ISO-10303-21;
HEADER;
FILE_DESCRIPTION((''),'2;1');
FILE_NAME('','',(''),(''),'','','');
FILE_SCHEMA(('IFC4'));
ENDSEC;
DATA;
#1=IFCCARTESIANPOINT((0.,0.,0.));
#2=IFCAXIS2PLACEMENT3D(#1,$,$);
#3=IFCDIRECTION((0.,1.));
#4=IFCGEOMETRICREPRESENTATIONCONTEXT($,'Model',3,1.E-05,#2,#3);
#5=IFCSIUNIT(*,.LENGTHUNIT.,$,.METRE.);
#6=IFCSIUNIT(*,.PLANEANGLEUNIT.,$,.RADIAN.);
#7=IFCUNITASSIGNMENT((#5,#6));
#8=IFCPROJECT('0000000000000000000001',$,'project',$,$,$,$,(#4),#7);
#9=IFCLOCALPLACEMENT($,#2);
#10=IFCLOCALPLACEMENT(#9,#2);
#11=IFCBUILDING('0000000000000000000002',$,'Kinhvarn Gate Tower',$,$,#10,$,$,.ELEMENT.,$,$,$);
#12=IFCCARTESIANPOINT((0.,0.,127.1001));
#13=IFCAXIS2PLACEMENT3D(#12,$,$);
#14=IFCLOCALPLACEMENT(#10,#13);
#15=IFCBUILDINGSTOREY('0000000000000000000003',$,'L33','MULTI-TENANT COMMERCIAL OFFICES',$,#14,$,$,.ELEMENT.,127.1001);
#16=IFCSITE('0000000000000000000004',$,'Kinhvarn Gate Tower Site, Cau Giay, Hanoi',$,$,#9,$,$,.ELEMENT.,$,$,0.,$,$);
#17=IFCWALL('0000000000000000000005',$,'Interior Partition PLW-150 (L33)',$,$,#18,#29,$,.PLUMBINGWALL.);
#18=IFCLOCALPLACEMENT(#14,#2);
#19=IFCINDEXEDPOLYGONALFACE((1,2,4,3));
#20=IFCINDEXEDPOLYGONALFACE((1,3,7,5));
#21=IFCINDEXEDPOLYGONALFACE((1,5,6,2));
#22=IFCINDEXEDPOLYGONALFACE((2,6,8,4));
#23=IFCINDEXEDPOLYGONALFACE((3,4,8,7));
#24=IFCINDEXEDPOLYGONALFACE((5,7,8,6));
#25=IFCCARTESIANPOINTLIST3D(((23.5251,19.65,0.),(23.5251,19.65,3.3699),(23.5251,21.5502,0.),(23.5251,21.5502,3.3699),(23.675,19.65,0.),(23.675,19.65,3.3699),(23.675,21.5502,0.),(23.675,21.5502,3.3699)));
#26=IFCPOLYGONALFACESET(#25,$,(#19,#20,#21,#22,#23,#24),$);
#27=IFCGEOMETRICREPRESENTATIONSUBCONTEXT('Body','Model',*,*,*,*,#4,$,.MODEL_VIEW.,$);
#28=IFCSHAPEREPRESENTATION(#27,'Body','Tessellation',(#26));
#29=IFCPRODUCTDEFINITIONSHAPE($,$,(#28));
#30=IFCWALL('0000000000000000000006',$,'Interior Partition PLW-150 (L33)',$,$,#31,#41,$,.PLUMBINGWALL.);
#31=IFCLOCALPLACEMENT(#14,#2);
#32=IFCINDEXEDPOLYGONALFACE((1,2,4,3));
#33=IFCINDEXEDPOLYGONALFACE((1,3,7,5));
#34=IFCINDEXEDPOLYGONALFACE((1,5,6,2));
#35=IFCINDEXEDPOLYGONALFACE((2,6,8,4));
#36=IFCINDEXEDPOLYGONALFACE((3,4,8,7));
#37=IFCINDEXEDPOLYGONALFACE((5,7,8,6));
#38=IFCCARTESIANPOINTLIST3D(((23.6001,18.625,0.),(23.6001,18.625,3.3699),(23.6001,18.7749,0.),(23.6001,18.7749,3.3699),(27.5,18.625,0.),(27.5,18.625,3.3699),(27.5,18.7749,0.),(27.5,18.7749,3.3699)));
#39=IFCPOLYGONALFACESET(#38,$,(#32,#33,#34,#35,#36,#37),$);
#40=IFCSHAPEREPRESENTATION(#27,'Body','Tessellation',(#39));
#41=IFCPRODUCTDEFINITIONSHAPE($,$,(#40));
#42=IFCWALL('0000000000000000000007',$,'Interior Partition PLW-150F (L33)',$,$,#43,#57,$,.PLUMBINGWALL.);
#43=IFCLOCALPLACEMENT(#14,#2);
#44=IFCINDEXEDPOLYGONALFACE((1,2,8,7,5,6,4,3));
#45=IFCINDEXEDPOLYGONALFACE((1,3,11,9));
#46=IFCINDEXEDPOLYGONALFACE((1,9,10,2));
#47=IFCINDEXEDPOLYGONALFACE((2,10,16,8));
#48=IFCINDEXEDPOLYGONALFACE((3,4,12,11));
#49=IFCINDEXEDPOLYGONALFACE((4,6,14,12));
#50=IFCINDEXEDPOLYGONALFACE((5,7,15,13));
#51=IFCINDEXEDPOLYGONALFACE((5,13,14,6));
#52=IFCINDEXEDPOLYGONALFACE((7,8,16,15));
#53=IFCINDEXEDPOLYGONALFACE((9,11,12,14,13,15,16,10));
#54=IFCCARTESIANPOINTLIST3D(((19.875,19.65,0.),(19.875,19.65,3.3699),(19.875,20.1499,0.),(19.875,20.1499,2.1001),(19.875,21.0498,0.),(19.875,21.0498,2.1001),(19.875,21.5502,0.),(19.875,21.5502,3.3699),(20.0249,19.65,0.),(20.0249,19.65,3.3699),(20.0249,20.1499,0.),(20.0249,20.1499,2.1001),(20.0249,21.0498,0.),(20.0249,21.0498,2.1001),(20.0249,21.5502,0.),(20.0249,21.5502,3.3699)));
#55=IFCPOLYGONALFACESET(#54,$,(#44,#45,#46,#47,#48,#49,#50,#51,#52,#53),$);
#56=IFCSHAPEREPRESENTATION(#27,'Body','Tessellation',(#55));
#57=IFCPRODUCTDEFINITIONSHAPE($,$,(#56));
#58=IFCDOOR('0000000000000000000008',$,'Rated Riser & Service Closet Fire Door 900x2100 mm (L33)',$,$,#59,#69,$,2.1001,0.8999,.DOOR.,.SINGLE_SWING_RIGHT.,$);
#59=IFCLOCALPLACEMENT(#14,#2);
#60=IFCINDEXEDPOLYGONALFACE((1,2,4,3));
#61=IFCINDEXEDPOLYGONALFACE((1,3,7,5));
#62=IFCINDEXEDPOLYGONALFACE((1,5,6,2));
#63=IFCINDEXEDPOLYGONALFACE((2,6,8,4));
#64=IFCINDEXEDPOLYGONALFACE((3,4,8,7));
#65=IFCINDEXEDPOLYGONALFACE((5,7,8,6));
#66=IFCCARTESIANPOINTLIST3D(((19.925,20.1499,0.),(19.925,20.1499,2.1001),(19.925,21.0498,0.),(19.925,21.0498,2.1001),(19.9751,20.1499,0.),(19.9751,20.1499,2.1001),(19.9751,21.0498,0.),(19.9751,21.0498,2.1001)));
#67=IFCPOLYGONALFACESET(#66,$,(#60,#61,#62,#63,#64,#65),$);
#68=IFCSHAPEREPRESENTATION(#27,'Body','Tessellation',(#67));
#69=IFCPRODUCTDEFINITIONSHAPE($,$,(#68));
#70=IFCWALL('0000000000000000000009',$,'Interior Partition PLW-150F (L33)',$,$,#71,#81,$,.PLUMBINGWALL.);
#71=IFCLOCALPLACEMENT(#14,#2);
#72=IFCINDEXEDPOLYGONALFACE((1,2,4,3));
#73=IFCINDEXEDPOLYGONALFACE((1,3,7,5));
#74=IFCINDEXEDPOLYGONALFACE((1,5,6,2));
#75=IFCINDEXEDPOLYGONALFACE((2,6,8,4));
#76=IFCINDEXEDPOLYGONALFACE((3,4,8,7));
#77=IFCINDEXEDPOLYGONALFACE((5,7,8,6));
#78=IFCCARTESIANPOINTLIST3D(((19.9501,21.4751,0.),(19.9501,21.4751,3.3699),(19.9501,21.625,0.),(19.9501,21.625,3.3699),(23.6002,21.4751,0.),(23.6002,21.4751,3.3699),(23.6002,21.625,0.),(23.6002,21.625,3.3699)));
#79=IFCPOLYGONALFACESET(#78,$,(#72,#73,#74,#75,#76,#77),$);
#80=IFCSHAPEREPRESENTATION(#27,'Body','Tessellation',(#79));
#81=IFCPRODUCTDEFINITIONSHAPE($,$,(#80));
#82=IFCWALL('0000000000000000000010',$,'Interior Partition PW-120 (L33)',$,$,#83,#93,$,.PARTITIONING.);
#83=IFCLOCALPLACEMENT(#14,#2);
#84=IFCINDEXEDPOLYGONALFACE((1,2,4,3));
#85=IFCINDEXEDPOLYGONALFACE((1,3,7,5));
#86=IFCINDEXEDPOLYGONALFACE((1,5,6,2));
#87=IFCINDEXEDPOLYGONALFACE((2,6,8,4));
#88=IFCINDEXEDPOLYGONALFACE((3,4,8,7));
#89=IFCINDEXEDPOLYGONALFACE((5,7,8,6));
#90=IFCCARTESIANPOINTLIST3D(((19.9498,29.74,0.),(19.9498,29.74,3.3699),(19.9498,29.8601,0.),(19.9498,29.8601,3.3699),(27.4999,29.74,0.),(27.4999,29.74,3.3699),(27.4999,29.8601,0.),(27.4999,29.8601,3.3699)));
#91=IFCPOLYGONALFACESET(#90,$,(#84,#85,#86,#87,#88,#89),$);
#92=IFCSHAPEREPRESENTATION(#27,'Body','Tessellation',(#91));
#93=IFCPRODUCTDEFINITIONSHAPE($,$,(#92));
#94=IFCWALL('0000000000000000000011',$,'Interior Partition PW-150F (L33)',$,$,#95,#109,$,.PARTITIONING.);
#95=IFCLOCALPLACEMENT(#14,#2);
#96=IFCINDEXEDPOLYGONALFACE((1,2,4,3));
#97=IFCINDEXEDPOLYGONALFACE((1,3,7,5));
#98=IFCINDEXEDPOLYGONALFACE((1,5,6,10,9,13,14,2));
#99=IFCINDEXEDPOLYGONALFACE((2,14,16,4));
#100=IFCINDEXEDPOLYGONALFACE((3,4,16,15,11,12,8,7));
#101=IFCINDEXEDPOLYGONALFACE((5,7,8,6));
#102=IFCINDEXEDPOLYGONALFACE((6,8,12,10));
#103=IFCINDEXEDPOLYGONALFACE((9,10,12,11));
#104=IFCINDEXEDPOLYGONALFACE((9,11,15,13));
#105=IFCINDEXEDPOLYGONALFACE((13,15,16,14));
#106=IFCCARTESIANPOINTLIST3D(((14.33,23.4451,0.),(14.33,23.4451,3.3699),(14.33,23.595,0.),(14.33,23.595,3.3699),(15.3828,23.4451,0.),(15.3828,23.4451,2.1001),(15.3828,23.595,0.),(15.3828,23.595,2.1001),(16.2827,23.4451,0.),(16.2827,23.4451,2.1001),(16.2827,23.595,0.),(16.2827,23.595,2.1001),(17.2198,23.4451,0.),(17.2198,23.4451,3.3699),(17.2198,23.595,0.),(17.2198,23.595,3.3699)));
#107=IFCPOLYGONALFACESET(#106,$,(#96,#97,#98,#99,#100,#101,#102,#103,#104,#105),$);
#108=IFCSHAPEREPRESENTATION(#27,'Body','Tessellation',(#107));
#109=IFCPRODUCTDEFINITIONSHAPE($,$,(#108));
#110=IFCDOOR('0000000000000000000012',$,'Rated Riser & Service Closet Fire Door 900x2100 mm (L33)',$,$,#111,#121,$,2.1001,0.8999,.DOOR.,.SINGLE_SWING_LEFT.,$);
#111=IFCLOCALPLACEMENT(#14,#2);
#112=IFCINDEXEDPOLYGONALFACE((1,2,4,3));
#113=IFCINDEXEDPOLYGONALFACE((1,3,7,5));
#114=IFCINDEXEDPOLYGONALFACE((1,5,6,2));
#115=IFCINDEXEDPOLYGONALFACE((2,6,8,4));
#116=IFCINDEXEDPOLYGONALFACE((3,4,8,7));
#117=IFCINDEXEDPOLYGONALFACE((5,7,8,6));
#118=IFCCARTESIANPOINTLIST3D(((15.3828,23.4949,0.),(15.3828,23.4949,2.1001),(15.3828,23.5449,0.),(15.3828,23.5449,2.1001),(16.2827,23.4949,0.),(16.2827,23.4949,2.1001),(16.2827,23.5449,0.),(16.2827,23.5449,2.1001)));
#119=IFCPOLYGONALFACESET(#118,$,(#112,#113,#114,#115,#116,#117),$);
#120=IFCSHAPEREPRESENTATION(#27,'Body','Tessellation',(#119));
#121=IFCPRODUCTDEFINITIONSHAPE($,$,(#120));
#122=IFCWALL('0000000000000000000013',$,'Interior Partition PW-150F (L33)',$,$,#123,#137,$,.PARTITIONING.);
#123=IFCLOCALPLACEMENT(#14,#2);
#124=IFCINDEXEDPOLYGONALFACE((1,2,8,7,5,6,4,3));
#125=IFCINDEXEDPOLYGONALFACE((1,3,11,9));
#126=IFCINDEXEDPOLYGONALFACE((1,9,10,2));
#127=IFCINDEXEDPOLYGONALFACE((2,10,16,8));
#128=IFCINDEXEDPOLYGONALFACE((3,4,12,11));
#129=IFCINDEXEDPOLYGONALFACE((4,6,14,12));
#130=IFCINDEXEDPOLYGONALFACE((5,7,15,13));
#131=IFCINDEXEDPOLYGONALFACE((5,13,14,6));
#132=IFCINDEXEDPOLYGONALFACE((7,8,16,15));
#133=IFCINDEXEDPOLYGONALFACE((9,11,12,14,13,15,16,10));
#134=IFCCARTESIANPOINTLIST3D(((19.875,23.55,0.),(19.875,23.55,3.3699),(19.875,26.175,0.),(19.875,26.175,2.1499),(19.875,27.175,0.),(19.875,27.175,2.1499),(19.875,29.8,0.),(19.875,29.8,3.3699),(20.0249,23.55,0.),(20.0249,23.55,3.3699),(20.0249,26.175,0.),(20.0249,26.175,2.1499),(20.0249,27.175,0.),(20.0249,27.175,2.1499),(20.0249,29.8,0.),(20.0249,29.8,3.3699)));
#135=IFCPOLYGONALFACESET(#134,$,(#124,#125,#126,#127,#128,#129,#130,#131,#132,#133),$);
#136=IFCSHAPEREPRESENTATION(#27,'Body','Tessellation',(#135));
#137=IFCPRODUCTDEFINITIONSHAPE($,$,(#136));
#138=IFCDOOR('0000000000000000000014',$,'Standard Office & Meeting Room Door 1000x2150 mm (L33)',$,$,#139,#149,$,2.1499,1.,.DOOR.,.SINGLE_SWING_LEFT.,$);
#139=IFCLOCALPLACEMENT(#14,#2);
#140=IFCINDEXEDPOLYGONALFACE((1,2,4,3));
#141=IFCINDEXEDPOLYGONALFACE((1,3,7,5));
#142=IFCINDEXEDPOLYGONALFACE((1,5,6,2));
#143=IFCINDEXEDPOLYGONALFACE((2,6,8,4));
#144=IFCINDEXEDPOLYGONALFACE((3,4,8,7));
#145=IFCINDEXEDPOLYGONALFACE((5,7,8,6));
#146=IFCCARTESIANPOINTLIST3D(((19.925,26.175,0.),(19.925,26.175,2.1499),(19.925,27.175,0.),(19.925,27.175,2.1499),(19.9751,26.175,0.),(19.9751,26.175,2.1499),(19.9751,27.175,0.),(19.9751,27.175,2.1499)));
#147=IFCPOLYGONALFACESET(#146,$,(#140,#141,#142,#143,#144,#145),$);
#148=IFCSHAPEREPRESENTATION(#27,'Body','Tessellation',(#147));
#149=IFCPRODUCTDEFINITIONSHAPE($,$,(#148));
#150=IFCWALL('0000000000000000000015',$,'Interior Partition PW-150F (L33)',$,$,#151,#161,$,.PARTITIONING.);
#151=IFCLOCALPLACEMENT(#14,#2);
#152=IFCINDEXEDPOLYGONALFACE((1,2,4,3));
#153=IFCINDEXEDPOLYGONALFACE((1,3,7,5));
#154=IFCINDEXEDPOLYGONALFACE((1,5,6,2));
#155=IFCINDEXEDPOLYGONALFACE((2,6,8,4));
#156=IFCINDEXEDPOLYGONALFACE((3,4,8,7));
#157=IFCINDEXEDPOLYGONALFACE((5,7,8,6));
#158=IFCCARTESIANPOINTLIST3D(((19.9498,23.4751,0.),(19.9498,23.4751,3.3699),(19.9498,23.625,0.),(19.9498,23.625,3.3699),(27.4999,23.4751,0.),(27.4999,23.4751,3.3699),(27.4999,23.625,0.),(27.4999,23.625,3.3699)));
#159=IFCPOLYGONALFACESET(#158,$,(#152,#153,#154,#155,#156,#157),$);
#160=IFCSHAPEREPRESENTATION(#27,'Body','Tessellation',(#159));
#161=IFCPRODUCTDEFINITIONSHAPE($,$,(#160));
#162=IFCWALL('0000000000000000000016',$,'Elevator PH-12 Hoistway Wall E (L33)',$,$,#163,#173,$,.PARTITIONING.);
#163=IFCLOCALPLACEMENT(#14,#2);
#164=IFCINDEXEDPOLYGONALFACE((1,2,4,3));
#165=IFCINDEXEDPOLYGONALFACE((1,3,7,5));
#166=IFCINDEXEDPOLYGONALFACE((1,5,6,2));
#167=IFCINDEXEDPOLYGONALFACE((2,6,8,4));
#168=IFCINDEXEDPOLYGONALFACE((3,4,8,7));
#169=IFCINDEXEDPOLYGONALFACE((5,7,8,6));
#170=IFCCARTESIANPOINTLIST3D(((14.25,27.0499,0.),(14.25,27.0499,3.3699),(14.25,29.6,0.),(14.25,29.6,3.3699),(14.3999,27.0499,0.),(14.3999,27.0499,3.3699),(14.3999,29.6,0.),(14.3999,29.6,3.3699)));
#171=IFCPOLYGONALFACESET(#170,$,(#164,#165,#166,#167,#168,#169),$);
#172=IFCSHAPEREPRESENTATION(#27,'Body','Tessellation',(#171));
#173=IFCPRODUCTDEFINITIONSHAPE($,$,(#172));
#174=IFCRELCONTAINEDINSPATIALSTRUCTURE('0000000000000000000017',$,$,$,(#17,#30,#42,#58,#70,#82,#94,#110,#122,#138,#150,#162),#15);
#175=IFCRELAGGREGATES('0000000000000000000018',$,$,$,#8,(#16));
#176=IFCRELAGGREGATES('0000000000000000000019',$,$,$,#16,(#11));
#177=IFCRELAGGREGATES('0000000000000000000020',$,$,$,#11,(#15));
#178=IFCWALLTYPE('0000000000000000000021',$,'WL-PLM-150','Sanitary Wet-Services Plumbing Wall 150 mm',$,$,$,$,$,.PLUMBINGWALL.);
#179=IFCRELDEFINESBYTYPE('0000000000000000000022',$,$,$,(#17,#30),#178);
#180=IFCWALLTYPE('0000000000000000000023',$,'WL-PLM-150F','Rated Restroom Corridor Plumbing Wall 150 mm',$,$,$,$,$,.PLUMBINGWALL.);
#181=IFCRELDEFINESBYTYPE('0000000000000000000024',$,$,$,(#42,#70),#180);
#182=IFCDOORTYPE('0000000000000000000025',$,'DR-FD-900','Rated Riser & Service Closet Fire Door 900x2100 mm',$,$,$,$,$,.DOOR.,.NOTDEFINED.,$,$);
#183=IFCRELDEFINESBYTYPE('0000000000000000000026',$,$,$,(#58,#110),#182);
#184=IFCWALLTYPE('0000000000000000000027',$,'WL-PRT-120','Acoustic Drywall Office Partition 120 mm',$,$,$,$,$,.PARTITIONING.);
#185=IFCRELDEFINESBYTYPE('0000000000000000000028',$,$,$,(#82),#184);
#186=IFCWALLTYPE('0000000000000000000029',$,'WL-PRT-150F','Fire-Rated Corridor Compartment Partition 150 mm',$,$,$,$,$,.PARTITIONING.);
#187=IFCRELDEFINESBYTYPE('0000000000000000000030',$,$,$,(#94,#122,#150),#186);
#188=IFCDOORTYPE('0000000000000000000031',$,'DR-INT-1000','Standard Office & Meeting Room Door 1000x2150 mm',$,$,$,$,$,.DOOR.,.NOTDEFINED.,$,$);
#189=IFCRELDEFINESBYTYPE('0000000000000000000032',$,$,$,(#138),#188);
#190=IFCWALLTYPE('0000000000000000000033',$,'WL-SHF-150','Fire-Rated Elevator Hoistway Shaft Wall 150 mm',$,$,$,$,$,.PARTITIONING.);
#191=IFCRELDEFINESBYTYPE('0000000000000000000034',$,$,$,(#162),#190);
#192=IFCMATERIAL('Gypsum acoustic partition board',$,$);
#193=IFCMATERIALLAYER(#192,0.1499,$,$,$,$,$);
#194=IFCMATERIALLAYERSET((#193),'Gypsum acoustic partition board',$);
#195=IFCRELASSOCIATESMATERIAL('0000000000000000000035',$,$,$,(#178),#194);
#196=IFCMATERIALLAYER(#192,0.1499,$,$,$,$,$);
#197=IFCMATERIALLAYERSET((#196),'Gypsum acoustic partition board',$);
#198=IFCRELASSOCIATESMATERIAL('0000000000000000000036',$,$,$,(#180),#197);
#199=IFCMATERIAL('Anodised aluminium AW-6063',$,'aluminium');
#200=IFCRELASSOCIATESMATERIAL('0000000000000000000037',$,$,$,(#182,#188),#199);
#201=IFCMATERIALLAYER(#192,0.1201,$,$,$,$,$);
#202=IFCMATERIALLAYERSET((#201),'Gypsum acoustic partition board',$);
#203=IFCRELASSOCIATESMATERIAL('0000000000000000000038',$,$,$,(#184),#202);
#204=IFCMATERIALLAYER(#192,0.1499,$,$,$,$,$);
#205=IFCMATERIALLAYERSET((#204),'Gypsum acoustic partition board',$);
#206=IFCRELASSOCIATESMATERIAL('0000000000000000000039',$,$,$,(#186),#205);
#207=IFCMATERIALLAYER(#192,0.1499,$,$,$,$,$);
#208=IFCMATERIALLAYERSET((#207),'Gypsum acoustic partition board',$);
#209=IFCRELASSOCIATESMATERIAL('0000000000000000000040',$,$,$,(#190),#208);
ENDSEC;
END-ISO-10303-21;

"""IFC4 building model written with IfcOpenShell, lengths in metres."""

from ifc_helpers import new_model, si_unit, direction, frame, frame_2d, origin, place, context, subcontext, project, spatial, rectangle, extrude, material, layer, layer_set, type_object, element, fill, save


model = new_model("IFC4")

# Units and contexts
model_context = context("Model", 3, precision=1e-05, world=origin(), true_north=direction((0.0, 1.0)))
body_context = subcontext(model_context, "Body", "Model", "MODEL_VIEW")
ifc_project = project(units=[si_unit("LENGTHUNIT", "METRE"), si_unit("PLANEANGLEUNIT", "RADIAN")], contexts=[model_context])

# Site, building, storey
site_placement = place(None, origin())
site = spatial("IfcSite", under=ifc_project, at=site_placement, Name="Kinhvarn Gate Tower Site, Cau Giay, Hanoi", CompositionType="ELEMENT", RefElevation=0.0)
building_placement = place(site_placement, origin())
building = spatial("IfcBuilding", under=site, at=building_placement, Name="Kinhvarn Gate Tower", CompositionType="ELEMENT")
storey_placement = place(building_placement, frame((0.0, 0.0, 127.1001)))
storey = spatial("IfcBuildingStorey", under=building, at=storey_placement, Name="L33", Description="MULTI-TENANT COMMERCIAL OFFICES", CompositionType="ELEMENT", Elevation=127.1001)

# Shared definitions
ifc_material_1 = material(Name="Anodised aluminium AW-6063", Category="aluminium")

# Walls
ifc_material_2 = material(Name="Gypsum acoustic partition board")
ifc_layer_1 = layer(ifc_material_2, 0.1499)
ifc_layer_set_1 = layer_set([ifc_layer_1], Name="Gypsum acoustic partition board")
wall_type_1 = type_object("IfcWallType", Name="WL-PLM-150", Description="Sanitary Wet-Services Plumbing Wall 150 mm", PredefinedType="PLUMBINGWALL", material=ifc_layer_set_1)
wall_1_placement = place(storey_placement, frame((23.6001, 19.6499, 0.0), z_axis=(0.0, 0.0, 1.0), x_axis=(0.0, 1.0, 0.0)))
element("IfcWall", 1, at=wall_1_placement, inside=storey, type_object=wall_type_1, Name="Interior Partition PLW-150 (L33)", PredefinedType="PLUMBINGWALL", context=body_context, shape_type="SweptSolid", body=[
    extrude(rectangle(XDim=1.9001, YDim=0.1499, at=frame_2d((0.9502, 0.0))), origin(), (0.0, 0.0, 1.0), 3.3699),
])
wall_2_placement = place(storey_placement, frame((23.6001, 18.7, 0.0), z_axis=(0.0, 0.0, 1.0), x_axis=(1.0, 0.0, 0.0)))
element("IfcWall", 2, at=wall_2_placement, inside=storey, type_object=wall_type_1, Name="Interior Partition PLW-150 (L33)", PredefinedType="PLUMBINGWALL", context=body_context, shape_type="SweptSolid", body=[
    extrude(rectangle(XDim=3.8999, YDim=0.1499, at=frame_2d((1.95, 0.0))), origin(), (0.0, 0.0, 1.0), 3.3699),
])

# Wall, opening, door
ifc_layer_2 = layer(ifc_material_2, 0.1499)
ifc_layer_set_2 = layer_set([ifc_layer_2], Name="Gypsum acoustic partition board")
wall_type_2 = type_object("IfcWallType", Name="WL-PLM-150F", Description="Rated Restroom Corridor Plumbing Wall 150 mm", PredefinedType="PLUMBINGWALL", material=ifc_layer_set_2)
wall_3_placement = place(storey_placement, frame((19.95, 19.6499, 0.0), z_axis=(0.0, 0.0, 1.0), x_axis=(0.0, 1.0, 0.0)))
wall_3 = element("IfcWall", 3, at=wall_3_placement, inside=storey, type_object=wall_type_2, Name="Interior Partition PLW-150F (L33)", PredefinedType="PLUMBINGWALL", context=body_context, shape_type="SweptSolid", body=[
    extrude(rectangle(XDim=1.9001, YDim=0.1499, at=frame_2d((0.9502, 0.0))), origin(), (0.0, 0.0, 1.0), 3.3699),
])
opening_1_placement = place(wall_3_placement, frame((0.5, 0.0, 0.0)))
opening_1 = element("IfcOpeningElement", 4, at=opening_1_placement, cuts=wall_3, PredefinedType="OPENING", context=body_context, shape_type="SweptSolid", body=[
    extrude(rectangle(XDim=0.8999, YDim=2.1001, at=frame_2d((0.45, 1.05))), frame((0.0, 0.085, 0.0), z_axis=(0.0, -1.0, 0.0), x_axis=(1.0, 0.0, 0.0)), (0.0, 0.0, 1.0), 0.1699),
])
door_type_1 = type_object("IfcDoorType", Name="DR-FD-900", Description="Rated Riser & Service Closet Fire Door 900x2100 mm", OperationType="NOTDEFINED", PredefinedType="DOOR", material=ifc_material_1)
door_1_placement = place(opening_1_placement, origin())
door_1 = element("IfcDoor", 5, at=door_1_placement, inside=storey, type_object=door_type_1, Name="Rated Riser & Service Closet Fire Door 900x2100 mm (L33)", OperationType="SINGLE_SWING_RIGHT", OverallHeight=2.1001, OverallWidth=0.8999, PredefinedType="DOOR", context=body_context, shape_type="SweptSolid", body=[
    extrude(rectangle(XDim=0.8999, YDim=2.1001, at=frame_2d((0.45, 1.05))), frame((0.0, 0.0249, 0.0), z_axis=(0.0, -1.0, 0.0), x_axis=(1.0, 0.0, 0.0)), (0.0, 0.0, 1.0), 0.05),
])
fill(opening_1, door_1)

# Walls
wall_4_placement = place(storey_placement, frame((19.95, 21.55, 0.0), z_axis=(0.0, 0.0, 1.0), x_axis=(1.0, 0.0, 0.0)))
element("IfcWall", 6, at=wall_4_placement, inside=storey, type_object=wall_type_2, Name="Interior Partition PLW-150F (L33)", PredefinedType="PLUMBINGWALL", context=body_context, shape_type="SweptSolid", body=[
    extrude(rectangle(XDim=3.6501, YDim=0.1499, at=frame_2d((1.8252, 0.0))), origin(), (0.0, 0.0, 1.0), 3.3699),
])
ifc_layer_3 = layer(ifc_material_2, 0.1201)
ifc_layer_set_3 = layer_set([ifc_layer_3], Name="Gypsum acoustic partition board")
wall_type_3 = type_object("IfcWallType", Name="WL-PRT-120", Description="Acoustic Drywall Office Partition 120 mm", PredefinedType="PARTITIONING", material=ifc_layer_set_3)
wall_5_placement = place(storey_placement, frame((19.95, 29.8, 0.0), z_axis=(0.0, 0.0, 1.0), x_axis=(1.0, 0.0, 0.0)))
element("IfcWall", 7, at=wall_5_placement, inside=storey, type_object=wall_type_3, Name="Interior Partition PW-120 (L33)", PredefinedType="PARTITIONING", context=body_context, shape_type="SweptSolid", body=[
    extrude(rectangle(XDim=7.55, YDim=0.1201, at=frame_2d((3.7749, 0.0))), origin(), (0.0, 0.0, 1.0), 3.3699),
])

# Walls, openings, doors
ifc_layer_4 = layer(ifc_material_2, 0.1499)
ifc_layer_set_4 = layer_set([ifc_layer_4], Name="Gypsum acoustic partition board")
wall_type_4 = type_object("IfcWallType", Name="WL-PRT-150F", Description="Fire-Rated Corridor Compartment Partition 150 mm", PredefinedType="PARTITIONING", material=ifc_layer_set_4)
wall_6_placement = place(storey_placement, frame((14.3301, 23.52, 0.0), z_axis=(0.0, 0.0, 1.0), x_axis=(1.0, 0.0, 0.0)))
wall_6 = element("IfcWall", 8, at=wall_6_placement, inside=storey, type_object=wall_type_4, Name="Interior Partition PW-150F (L33)", PredefinedType="PARTITIONING", context=body_context, shape_type="SweptSolid", body=[
    extrude(rectangle(XDim=2.8899, YDim=0.1499, at=frame_2d((1.4448, 0.0))), origin(), (0.0, 0.0, 1.0), 3.3699),
])
opening_2_placement = place(wall_6_placement, frame((1.0527, 0.0, 0.0)))
opening_2 = element("IfcOpeningElement", 9, at=opening_2_placement, cuts=wall_6, PredefinedType="OPENING", context=body_context, shape_type="SweptSolid", body=[
    extrude(rectangle(XDim=0.8999, YDim=2.1001, at=frame_2d((0.45, 1.05))), frame((0.0, 0.085, 0.0), z_axis=(0.0, -1.0, 0.0), x_axis=(1.0, 0.0, 0.0)), (0.0, 0.0, 1.0), 0.1699),
])
door_2_placement = place(opening_2_placement, origin())
door_2 = element("IfcDoor", 10, at=door_2_placement, inside=storey, type_object=door_type_1, Name="Rated Riser & Service Closet Fire Door 900x2100 mm (L33)", OperationType="SINGLE_SWING_LEFT", OverallHeight=2.1001, OverallWidth=0.8999, PredefinedType="DOOR", context=body_context, shape_type="SweptSolid", body=[
    extrude(rectangle(XDim=0.8999, YDim=2.1001, at=frame_2d((0.45, 1.05))), frame((0.0, 0.0249, 0.0), z_axis=(0.0, -1.0, 0.0), x_axis=(1.0, 0.0, 0.0)), (0.0, 0.0, 1.0), 0.05),
])
fill(opening_2, door_2)
wall_7_placement = place(storey_placement, frame((19.95, 23.55, 0.0), z_axis=(0.0, 0.0, 1.0), x_axis=(0.0, 1.0, 0.0)))
wall_7 = element("IfcWall", 11, at=wall_7_placement, inside=storey, type_object=wall_type_4, Name="Interior Partition PW-150F (L33)", PredefinedType="PARTITIONING", context=body_context, shape_type="SweptSolid", body=[
    extrude(rectangle(XDim=6.25, YDim=0.1499, at=frame_2d((3.125, 0.0))), origin(), (0.0, 0.0, 1.0), 3.3699),
])
opening_3_placement = place(wall_7_placement, frame((2.625, 0.0, 0.0)))
opening_3 = element("IfcOpeningElement", 12, at=opening_3_placement, cuts=wall_7, PredefinedType="OPENING", context=body_context, shape_type="SweptSolid", body=[
    extrude(rectangle(XDim=1.0, YDim=2.1499, at=frame_2d((0.5, 1.075))), frame((0.0, 0.085, 0.0), z_axis=(0.0, -1.0, 0.0), x_axis=(1.0, 0.0, 0.0)), (0.0, 0.0, 1.0), 0.1699),
])
door_type_2 = type_object("IfcDoorType", Name="DR-INT-1000", Description="Standard Office & Meeting Room Door 1000x2150 mm", OperationType="NOTDEFINED", PredefinedType="DOOR", material=ifc_material_1)
door_3_placement = place(opening_3_placement, origin())
door_3 = element("IfcDoor", 13, at=door_3_placement, inside=storey, type_object=door_type_2, Name="Standard Office & Meeting Room Door 1000x2150 mm (L33)", OperationType="SINGLE_SWING_LEFT", OverallHeight=2.1499, OverallWidth=1.0, PredefinedType="DOOR", context=body_context, shape_type="SweptSolid", body=[
    extrude(rectangle(XDim=1.0, YDim=2.1499, at=frame_2d((0.5, 1.075))), frame((0.0, 0.0249, 0.0), z_axis=(0.0, -1.0, 0.0), x_axis=(1.0, 0.0, 0.0)), (0.0, 0.0, 1.0), 0.05),
])
fill(opening_3, door_3)

# Walls
wall_8_placement = place(storey_placement, frame((19.95, 23.55, 0.0), z_axis=(0.0, 0.0, 1.0), x_axis=(1.0, 0.0, 0.0)))
element("IfcWall", 14, at=wall_8_placement, inside=storey, type_object=wall_type_4, Name="Interior Partition PW-150F (L33)", PredefinedType="PARTITIONING", context=body_context, shape_type="SweptSolid", body=[
    extrude(rectangle(XDim=7.55, YDim=0.1499, at=frame_2d((3.7749, 0.0))), origin(), (0.0, 0.0, 1.0), 3.3699),
])
ifc_layer_5 = layer(ifc_material_2, 0.1499)
ifc_layer_set_5 = layer_set([ifc_layer_5], Name="Gypsum acoustic partition board")
wall_type_5 = type_object("IfcWallType", Name="WL-SHF-150", Description="Fire-Rated Elevator Hoistway Shaft Wall 150 mm", PredefinedType="PARTITIONING", material=ifc_layer_set_5)
wall_9_placement = place(storey_placement, frame((14.325, 27.05, 0.0), z_axis=(0.0, 0.0, 1.0), x_axis=(0.0, 1.0, 0.0)))
element("IfcWall", 15, at=wall_9_placement, inside=storey, type_object=wall_type_5, Name="Elevator PH-12 Hoistway Wall E (L33)", PredefinedType="PARTITIONING", context=body_context, shape_type="SweptSolid", body=[
    extrude(rectangle(XDim=2.55, YDim=0.1499, at=frame_2d((1.2749, 0.0))), origin(), (0.0, 0.0, 1.0), 3.3699),
])

save(model, "model.ifc")
